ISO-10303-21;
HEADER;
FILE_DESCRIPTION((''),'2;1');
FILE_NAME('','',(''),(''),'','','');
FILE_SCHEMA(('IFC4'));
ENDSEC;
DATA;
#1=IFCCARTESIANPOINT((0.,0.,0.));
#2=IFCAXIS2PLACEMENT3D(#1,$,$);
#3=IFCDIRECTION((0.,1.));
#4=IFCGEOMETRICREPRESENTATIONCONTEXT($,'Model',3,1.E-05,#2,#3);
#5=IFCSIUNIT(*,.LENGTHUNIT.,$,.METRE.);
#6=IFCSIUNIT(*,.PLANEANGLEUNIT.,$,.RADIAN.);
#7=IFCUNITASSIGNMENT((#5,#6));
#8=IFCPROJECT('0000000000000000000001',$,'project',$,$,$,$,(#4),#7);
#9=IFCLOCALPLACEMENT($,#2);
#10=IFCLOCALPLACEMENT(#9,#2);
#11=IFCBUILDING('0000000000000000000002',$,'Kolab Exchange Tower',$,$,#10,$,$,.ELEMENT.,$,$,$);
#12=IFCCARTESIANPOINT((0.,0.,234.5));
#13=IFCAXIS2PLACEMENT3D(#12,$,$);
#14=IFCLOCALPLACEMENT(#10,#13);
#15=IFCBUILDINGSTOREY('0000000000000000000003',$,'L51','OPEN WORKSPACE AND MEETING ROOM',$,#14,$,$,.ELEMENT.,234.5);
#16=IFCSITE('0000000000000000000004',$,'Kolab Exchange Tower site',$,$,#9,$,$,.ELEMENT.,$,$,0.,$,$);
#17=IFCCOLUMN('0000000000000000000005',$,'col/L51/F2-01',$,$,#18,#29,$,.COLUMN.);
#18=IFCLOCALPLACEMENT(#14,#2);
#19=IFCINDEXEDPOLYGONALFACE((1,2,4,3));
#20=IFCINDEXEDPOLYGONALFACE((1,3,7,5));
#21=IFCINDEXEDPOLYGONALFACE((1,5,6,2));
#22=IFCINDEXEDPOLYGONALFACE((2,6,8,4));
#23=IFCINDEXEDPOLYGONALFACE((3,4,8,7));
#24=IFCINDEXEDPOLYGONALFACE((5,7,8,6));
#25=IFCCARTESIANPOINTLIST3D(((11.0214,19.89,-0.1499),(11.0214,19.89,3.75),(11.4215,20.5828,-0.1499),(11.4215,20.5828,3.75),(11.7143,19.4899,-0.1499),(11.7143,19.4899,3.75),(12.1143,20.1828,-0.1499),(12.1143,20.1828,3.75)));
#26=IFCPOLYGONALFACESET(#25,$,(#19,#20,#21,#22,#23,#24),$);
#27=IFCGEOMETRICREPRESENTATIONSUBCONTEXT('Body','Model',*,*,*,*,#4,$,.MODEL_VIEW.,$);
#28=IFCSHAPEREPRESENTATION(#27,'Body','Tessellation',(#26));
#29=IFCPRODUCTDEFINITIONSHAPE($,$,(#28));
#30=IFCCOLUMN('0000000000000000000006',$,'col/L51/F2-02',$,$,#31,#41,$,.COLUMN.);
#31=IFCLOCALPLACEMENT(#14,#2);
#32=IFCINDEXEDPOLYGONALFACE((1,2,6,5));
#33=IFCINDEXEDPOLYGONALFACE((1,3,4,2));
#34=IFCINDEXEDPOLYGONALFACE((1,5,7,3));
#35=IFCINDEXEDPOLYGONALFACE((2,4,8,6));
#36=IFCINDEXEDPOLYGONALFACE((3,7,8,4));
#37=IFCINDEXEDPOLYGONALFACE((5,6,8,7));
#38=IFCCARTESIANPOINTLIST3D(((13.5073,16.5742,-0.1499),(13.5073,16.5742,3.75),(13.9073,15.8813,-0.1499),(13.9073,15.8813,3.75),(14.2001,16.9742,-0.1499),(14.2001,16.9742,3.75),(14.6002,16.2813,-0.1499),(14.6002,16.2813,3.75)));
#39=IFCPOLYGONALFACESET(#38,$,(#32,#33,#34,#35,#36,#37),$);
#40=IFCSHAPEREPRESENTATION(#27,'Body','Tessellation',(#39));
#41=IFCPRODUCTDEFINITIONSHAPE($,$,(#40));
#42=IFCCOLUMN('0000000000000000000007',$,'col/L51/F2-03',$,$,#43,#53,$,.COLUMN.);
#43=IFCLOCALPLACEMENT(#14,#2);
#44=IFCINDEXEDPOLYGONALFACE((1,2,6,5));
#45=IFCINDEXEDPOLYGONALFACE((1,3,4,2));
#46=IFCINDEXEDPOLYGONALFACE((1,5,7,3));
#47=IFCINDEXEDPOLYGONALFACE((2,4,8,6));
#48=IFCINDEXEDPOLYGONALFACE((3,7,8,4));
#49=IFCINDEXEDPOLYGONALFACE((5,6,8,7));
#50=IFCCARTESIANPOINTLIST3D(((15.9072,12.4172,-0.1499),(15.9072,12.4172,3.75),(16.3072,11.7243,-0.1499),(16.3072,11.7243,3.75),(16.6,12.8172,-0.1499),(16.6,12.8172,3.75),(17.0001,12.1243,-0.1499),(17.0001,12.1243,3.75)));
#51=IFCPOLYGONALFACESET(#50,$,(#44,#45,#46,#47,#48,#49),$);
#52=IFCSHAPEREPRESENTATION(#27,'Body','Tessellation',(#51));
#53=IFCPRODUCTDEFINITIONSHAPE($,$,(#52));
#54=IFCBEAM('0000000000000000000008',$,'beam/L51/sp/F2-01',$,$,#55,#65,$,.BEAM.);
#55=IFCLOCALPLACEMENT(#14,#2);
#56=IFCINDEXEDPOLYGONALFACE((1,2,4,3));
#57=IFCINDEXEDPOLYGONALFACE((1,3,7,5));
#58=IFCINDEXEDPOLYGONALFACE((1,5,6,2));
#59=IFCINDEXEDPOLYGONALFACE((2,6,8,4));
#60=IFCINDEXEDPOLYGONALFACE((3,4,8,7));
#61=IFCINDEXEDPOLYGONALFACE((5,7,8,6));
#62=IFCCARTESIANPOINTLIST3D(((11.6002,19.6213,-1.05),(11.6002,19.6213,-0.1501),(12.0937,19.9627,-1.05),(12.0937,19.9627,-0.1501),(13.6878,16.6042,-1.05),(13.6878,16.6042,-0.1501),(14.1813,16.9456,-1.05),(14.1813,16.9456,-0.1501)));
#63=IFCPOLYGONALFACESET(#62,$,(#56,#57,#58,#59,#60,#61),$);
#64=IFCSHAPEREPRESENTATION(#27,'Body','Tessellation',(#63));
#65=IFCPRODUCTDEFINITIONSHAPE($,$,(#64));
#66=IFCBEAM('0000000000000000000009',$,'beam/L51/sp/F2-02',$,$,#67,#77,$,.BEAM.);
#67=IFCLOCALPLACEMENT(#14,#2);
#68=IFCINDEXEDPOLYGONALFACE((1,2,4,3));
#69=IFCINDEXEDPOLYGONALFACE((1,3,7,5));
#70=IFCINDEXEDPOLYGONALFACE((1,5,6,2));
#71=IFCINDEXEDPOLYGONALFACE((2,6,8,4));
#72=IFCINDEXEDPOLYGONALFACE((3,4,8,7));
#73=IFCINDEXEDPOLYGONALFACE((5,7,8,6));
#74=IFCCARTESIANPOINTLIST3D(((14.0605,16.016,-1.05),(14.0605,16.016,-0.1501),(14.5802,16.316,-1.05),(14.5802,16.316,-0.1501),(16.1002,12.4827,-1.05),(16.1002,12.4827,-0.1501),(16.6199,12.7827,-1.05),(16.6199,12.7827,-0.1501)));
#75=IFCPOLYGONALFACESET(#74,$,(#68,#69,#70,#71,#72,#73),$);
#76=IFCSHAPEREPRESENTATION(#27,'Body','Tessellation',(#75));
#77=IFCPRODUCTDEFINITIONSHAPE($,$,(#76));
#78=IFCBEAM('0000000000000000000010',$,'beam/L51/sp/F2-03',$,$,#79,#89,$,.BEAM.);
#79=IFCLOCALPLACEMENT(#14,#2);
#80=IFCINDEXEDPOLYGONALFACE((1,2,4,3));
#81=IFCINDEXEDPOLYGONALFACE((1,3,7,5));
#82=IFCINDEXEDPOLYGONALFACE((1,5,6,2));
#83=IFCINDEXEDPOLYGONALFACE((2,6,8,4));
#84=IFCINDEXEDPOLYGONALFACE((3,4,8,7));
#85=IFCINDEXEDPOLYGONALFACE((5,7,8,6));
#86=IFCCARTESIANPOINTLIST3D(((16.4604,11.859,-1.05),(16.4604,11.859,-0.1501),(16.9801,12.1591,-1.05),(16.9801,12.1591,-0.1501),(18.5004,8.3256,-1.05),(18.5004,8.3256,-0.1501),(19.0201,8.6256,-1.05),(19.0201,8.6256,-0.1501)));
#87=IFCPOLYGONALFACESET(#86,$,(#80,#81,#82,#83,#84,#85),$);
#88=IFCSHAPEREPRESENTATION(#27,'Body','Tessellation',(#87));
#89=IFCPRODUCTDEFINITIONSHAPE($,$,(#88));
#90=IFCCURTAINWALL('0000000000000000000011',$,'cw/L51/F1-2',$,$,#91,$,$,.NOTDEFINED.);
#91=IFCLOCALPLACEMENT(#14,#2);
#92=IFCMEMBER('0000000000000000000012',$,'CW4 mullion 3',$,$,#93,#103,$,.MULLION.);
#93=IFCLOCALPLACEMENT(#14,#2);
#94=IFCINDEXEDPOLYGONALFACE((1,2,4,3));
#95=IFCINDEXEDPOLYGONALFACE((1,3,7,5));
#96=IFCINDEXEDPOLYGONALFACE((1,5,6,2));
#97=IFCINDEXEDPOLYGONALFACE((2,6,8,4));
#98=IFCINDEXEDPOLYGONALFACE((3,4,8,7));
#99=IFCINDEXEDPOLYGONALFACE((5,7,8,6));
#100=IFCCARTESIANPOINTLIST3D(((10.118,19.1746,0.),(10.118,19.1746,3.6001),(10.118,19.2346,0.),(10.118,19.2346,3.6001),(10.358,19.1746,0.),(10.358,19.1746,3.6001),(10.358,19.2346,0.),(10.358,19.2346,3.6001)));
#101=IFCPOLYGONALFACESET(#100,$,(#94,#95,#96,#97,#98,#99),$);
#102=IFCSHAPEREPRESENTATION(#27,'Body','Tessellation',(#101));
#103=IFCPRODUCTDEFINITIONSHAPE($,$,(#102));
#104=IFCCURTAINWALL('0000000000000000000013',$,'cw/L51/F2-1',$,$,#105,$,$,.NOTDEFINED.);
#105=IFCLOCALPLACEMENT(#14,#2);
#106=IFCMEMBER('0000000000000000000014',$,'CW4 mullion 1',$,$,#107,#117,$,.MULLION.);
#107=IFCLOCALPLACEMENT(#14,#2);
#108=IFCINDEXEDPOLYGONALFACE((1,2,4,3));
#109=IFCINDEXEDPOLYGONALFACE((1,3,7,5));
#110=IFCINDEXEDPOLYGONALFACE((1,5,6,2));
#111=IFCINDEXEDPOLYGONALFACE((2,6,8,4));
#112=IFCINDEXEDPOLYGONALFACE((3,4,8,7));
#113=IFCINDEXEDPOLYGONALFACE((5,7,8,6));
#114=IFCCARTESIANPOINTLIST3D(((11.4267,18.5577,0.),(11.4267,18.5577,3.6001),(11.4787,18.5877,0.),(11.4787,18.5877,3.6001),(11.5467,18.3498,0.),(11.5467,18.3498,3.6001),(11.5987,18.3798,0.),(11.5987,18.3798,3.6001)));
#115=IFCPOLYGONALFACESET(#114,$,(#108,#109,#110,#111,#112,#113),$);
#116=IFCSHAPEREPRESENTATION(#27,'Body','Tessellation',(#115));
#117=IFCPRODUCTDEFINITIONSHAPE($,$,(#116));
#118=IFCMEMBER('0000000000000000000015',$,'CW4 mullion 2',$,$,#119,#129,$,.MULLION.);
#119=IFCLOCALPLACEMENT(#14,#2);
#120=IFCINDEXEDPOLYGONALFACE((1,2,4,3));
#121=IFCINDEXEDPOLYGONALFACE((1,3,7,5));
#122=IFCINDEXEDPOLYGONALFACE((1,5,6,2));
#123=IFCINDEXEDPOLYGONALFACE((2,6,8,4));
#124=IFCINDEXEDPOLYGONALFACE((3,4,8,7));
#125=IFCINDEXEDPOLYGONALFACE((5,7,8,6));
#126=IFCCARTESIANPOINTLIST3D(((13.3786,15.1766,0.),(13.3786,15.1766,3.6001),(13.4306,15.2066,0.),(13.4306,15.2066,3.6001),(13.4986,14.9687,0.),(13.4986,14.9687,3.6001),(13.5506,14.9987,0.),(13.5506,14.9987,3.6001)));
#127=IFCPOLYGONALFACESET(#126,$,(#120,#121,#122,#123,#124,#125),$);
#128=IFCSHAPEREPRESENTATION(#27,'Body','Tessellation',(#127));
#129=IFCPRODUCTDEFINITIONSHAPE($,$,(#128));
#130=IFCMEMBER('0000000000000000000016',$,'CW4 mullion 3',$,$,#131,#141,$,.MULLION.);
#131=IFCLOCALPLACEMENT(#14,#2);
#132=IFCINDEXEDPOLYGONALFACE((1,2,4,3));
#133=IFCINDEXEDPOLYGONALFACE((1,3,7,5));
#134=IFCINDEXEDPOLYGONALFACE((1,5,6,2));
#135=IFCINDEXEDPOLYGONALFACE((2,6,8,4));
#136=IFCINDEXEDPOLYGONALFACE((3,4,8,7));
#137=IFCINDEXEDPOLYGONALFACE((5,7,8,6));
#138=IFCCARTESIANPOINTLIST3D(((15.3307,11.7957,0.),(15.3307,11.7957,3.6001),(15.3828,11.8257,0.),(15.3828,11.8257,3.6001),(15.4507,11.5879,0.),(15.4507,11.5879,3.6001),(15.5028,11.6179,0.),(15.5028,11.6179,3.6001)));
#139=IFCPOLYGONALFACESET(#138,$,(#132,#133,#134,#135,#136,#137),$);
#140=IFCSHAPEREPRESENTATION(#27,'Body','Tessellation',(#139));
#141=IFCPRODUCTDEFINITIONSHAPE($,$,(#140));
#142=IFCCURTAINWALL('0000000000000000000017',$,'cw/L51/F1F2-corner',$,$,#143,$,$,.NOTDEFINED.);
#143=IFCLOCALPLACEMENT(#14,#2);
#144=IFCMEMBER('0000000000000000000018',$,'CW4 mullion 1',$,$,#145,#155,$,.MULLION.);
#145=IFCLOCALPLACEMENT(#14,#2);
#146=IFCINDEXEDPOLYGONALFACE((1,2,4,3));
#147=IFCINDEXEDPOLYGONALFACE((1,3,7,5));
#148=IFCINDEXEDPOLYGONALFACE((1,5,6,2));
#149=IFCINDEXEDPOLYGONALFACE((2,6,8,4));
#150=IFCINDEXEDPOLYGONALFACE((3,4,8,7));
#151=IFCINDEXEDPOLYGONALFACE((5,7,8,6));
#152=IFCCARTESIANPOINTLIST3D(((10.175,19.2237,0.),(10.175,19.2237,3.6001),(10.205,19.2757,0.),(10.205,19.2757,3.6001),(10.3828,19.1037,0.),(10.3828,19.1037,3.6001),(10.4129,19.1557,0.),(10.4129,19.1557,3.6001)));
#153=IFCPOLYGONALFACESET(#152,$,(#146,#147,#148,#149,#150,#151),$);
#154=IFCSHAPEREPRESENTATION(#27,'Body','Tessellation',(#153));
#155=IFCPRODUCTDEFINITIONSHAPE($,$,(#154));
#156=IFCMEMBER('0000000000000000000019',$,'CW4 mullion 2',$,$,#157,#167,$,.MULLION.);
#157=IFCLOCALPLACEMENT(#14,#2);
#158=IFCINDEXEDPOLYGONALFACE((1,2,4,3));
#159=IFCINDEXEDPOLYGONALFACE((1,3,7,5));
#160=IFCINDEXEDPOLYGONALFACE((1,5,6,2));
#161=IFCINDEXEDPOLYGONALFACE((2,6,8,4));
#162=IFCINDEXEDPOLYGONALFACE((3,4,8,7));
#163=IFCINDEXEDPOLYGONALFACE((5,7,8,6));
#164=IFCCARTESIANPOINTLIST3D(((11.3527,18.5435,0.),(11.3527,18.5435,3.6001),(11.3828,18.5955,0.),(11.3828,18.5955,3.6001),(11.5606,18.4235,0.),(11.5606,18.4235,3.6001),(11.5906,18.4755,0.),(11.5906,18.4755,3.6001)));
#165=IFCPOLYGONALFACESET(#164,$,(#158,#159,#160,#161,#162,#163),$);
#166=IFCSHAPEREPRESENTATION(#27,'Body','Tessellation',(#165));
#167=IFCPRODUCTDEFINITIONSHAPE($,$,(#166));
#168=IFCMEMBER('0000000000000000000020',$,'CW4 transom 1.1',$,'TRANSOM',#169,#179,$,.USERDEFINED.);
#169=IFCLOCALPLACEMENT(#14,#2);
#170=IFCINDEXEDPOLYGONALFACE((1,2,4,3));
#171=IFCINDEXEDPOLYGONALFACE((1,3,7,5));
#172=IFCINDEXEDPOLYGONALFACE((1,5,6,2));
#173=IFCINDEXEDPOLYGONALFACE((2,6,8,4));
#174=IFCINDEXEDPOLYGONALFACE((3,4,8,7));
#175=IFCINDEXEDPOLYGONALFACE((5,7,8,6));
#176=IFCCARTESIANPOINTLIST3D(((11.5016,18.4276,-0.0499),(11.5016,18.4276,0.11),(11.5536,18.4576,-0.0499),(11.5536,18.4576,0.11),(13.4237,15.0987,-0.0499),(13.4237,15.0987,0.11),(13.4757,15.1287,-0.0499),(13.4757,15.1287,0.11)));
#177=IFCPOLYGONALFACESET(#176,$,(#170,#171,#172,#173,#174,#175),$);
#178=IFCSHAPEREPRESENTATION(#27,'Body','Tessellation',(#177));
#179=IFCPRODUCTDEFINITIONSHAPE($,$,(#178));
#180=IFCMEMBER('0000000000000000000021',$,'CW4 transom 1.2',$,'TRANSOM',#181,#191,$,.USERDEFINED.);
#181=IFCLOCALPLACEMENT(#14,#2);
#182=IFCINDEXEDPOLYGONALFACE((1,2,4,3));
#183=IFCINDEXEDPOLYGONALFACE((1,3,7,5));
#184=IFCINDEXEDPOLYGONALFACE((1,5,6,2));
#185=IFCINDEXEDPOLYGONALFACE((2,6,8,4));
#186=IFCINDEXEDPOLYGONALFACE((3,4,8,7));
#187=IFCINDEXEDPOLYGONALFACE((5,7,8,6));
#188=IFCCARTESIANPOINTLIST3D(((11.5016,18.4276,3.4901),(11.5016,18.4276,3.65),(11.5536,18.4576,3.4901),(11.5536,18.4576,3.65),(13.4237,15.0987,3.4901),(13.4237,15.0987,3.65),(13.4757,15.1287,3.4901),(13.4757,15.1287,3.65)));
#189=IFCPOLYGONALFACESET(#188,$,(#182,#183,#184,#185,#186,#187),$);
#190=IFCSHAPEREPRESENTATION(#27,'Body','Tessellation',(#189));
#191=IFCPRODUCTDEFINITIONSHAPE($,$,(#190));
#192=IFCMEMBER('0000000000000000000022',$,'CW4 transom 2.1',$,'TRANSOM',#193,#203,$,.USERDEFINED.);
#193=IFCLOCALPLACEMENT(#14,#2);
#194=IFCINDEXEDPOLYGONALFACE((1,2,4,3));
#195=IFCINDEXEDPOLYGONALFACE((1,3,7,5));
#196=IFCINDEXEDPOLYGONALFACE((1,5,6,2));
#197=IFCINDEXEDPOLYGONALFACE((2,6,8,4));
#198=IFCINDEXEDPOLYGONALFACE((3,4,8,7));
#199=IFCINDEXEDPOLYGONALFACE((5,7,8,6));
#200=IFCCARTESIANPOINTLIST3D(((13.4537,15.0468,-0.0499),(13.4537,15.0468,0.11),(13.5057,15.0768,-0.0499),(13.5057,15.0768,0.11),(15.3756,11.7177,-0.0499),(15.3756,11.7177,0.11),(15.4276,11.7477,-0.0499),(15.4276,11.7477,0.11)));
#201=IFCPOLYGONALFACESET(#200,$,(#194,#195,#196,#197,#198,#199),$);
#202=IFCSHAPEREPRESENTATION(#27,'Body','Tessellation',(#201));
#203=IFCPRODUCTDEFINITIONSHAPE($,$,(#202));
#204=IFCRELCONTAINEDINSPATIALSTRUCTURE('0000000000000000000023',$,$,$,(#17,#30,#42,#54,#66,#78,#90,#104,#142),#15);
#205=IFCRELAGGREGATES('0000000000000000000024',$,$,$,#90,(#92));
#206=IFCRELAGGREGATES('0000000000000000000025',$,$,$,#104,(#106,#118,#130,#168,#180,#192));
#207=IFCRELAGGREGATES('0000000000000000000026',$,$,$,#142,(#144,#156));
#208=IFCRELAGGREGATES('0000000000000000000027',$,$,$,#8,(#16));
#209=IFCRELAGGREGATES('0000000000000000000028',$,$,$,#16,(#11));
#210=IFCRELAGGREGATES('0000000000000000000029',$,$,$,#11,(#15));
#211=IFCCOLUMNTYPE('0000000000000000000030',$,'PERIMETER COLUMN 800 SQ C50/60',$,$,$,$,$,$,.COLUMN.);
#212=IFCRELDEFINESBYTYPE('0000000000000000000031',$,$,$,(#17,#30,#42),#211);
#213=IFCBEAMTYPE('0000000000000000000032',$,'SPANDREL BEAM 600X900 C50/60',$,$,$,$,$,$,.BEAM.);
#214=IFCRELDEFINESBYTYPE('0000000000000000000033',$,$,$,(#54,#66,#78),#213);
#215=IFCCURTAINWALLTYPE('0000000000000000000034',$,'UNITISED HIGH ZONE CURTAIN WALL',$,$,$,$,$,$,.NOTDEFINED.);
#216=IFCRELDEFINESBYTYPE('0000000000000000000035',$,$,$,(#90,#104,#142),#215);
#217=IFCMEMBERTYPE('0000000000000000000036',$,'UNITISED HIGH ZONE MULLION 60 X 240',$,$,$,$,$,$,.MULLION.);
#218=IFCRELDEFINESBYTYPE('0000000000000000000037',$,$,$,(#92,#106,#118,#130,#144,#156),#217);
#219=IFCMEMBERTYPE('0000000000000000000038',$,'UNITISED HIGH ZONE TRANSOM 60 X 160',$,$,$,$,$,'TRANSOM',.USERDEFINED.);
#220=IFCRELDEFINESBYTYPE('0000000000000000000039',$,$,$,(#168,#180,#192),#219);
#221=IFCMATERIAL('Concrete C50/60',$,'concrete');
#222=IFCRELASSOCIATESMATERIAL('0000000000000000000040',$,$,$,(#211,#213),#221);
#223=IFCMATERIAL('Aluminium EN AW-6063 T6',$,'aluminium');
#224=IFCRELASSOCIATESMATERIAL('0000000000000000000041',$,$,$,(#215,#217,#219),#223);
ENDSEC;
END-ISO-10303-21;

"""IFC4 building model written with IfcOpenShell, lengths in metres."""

from ifc_helpers import new_model, si_unit, direction, frame, origin, origin_2d, place, context, subcontext, project, spatial, rectangle, extrude, material, material_profile, profile_set, type_object, element, aggregate, save


model = new_model("IFC4")

# Units and contexts
model_context = context("Model", 3, precision=1e-05, world=origin(), true_north=direction((0.0, 1.0)))
body_context = subcontext(model_context, "Body", "Model", "MODEL_VIEW")
ifc_project = project(units=[si_unit("LENGTHUNIT", "METRE"), si_unit("PLANEANGLEUNIT", "RADIAN")], contexts=[model_context])

# Site, building, storey
site_placement = place(None, origin())
site = spatial("IfcSite", under=ifc_project, at=site_placement, Name="Kolab Exchange Tower site", CompositionType="ELEMENT", RefElevation=0.0)
building_placement = place(site_placement, origin())
building = spatial("IfcBuilding", under=site, at=building_placement, Name="Kolab Exchange Tower", CompositionType="ELEMENT")
storey_placement = place(building_placement, frame((0.0, 0.0, 234.5)))
storey = spatial("IfcBuildingStorey", under=building, at=storey_placement, Name="L51", Description="OPEN WORKSPACE AND MEETING ROOM", CompositionType="ELEMENT", Elevation=234.5)

# Columns
ifc_material_1 = material(Name="Concrete C50/60", Category="concrete")
ifc_material_profile_1 = material_profile(ifc_material_1, rectangle(XDim=0.8, YDim=0.8, at=origin_2d()), Name="RC800")
ifc_profile_set_1 = profile_set([ifc_material_profile_1], Name="Concrete C50/60")
column_type = type_object("IfcColumnType", Name="PERIMETER COLUMN 800 SQ C50/60", PredefinedType="COLUMN", material=ifc_profile_set_1)
for number, where, z_axis, x_axis, name in (
    (1, (11.5679, 20.0364, -0.1499), (0.0, 0.0, 1.0), (0.5, 0.866025, 0.0), "col/L51/F2-01"),
    (2, (14.0537, 16.4277, -0.1499), (0.0, 0.0, 1.0), (0.866025, 0.5, 0.0), "col/L51/F2-02"),
    (3, (16.4536, 12.2708, -0.1499), (0.0, 0.0, 1.0), (0.866025, 0.5, 0.0), "col/L51/F2-03"),
):
    element("IfcColumn", number, at=place(storey_placement, frame(where, z_axis=z_axis, x_axis=x_axis)), inside=storey, type_object=column_type, Name=name, PredefinedType="COLUMN", context=body_context, shape_type="SweptSolid", body=[
        extrude(rectangle(XDim=0.8, YDim=0.8, at=origin_2d()), origin(), (0.0, 0.0, 1.0), 3.8999),
    ])

# Beams
ifc_material_profile_2 = material_profile(ifc_material_1, rectangle(XDim=0.6001, YDim=0.8999, at=origin_2d()), Name="RC600X900")
ifc_profile_set_2 = profile_set([ifc_material_profile_2], Name="Concrete C50/60")
beam_type = type_object("IfcBeamType", Name="SPANDREL BEAM 600X900 C50/60", PredefinedType="BEAM", material=ifc_profile_set_2)
beam_1_placement = place(storey_placement, frame((11.8469, 19.792, -0.6001), z_axis=(0.569006, -0.822334, 0.0), x_axis=(0.822334, 0.569006, 0.0)))
element("IfcBeam", 4, at=beam_1_placement, inside=storey, type_object=beam_type, Name="beam/L51/sp/F2-01", PredefinedType="BEAM", context=body_context, shape_type="SweptSolid", body=[
    extrude(rectangle(XDim=0.6001, YDim=0.8999, at=origin_2d()), origin(), (0.0, 0.0, 1.0), 3.6689),
])
beam_2_placement = place(storey_placement, frame((14.3203, 16.166, -0.6001), z_axis=(0.499956, -0.866051, 0.0), x_axis=(0.866051, 0.499956, 0.0)))
element("IfcBeam", 5, at=beam_2_placement, inside=storey, type_object=beam_type, Name="beam/L51/sp/F2-02", PredefinedType="BEAM", context=body_context, shape_type="SweptSolid", body=[
    extrude(rectangle(XDim=0.6001, YDim=0.8999, at=origin_2d()), origin(), (0.0, 0.0, 1.0), 4.0798),
])
beam_3_placement = place(storey_placement, frame((16.7202, 12.009, -0.6001), z_axis=(0.5, -0.866025, 0.0), x_axis=(0.866025, 0.5, 0.0)))
element("IfcBeam", 6, at=beam_3_placement, inside=storey, type_object=beam_type, Name="beam/L51/sp/F2-03", PredefinedType="BEAM", context=body_context, shape_type="SweptSolid", body=[
    extrude(rectangle(XDim=0.6001, YDim=0.8999, at=origin_2d()), origin(), (0.0, 0.0, 1.0), 4.0801),
])

# Curtain wall, member
ifc_material_2 = material(Name="Aluminium EN AW-6063 T6", Category="aluminium")
curtain_wall_type = type_object("IfcCurtainWallType", Name="UNITISED HIGH ZONE CURTAIN WALL", PredefinedType="NOTDEFINED", material=ifc_material_2)
curtain_wall_1_placement = place(storey_placement, origin())
curtain_wall_1 = element("IfcCurtainWall", 7, at=curtain_wall_1_placement, inside=storey, type_object=curtain_wall_type, Name="cw/L51/F1-2", PredefinedType="NOTDEFINED")
ifc_material_profile_3 = material_profile(ifc_material_2, rectangle(XDim=0.0601, YDim=0.24, at=origin_2d()), Name="RECT 60X240")
ifc_profile_set_3 = profile_set([ifc_material_profile_3], Name="Aluminium EN AW-6063 T6")
member_type_1 = type_object("IfcMemberType", Name="UNITISED HIGH ZONE MULLION 60 X 240", PredefinedType="MULLION", material=ifc_profile_set_3)
member_1_placement = place(storey_placement, frame((10.238, 19.2046, 0.0), z_axis=(0.0, 0.0, 1.0), x_axis=(0.0, 1.0, 0.0)))
member_1 = element("IfcMember", 8, at=member_1_placement, type_object=member_type_1, Name="CW4 mullion 3", PredefinedType="MULLION", context=body_context, shape_type="SweptSolid", body=[
    extrude(rectangle(XDim=0.0601, YDim=0.24, at=origin_2d()), origin(), (0.0, 0.0, 1.0), 3.6001),
])
aggregate(curtain_wall_1, [member_1])

# Curtain walls, members
curtain_wall_2_placement = place(storey_placement, origin())
curtain_wall_2 = element("IfcCurtainWall", 9, at=curtain_wall_2_placement, inside=storey, type_object=curtain_wall_type, Name="cw/L51/F2-1", PredefinedType="NOTDEFINED")
member_2_placement = place(storey_placement, frame((11.5127, 18.4688, 0.0), z_axis=(0.0, 0.0, 1.0), x_axis=(0.866025, 0.5, 0.0)))
member_2 = element("IfcMember", 10, at=member_2_placement, type_object=member_type_1, Name="CW4 mullion 1", PredefinedType="MULLION", context=body_context, shape_type="SweptSolid", body=[
    extrude(rectangle(XDim=0.0601, YDim=0.24, at=origin_2d()), origin(), (0.0, 0.0, 1.0), 3.6001),
])
member_3_placement = place(storey_placement, frame((13.4646, 15.0876, 0.0), z_axis=(0.0, 0.0, 1.0), x_axis=(0.866025, 0.5, 0.0)))
member_3 = element("IfcMember", 11, at=member_3_placement, type_object=member_type_1, Name="CW4 mullion 2", PredefinedType="MULLION", context=body_context, shape_type="SweptSolid", body=[
    extrude(rectangle(XDim=0.0601, YDim=0.24, at=origin_2d()), origin(), (0.0, 0.0, 1.0), 3.6001),
])
member_4_placement = place(storey_placement, frame((15.4167, 11.7068, 0.0), z_axis=(0.0, 0.0, 1.0), x_axis=(0.866025, 0.5, 0.0)))
member_4 = element("IfcMember", 12, at=member_4_placement, type_object=member_type_1, Name="CW4 mullion 3", PredefinedType="MULLION", context=body_context, shape_type="SweptSolid", body=[
    extrude(rectangle(XDim=0.0601, YDim=0.24, at=origin_2d()), origin(), (0.0, 0.0, 1.0), 3.6001),
])
curtain_wall_3_placement = place(storey_placement, origin())
curtain_wall_3 = element("IfcCurtainWall", 13, at=curtain_wall_3_placement, inside=storey, type_object=curtain_wall_type, Name="cw/L51/F1F2-corner", PredefinedType="NOTDEFINED")
member_5_placement = place(storey_placement, frame((10.2939, 19.1897, 0.0), z_axis=(0.0, 0.0, 1.0), x_axis=(0.5, 0.866025, 0.0)))
member_5 = element("IfcMember", 14, at=member_5_placement, type_object=member_type_1, Name="CW4 mullion 1", PredefinedType="MULLION", context=body_context, shape_type="SweptSolid", body=[
    extrude(rectangle(XDim=0.0601, YDim=0.24, at=origin_2d()), origin(), (0.0, 0.0, 1.0), 3.6001),
])
member_6_placement = place(storey_placement, frame((11.4717, 18.5095, 0.0), z_axis=(0.0, 0.0, 1.0), x_axis=(0.5, 0.866025, 0.0)))
member_6 = element("IfcMember", 15, at=member_6_placement, type_object=member_type_1, Name="CW4 mullion 2", PredefinedType="MULLION", context=body_context, shape_type="SweptSolid", body=[
    extrude(rectangle(XDim=0.0601, YDim=0.24, at=origin_2d()), origin(), (0.0, 0.0, 1.0), 3.6001),
])

# Members
ifc_material_profile_4 = material_profile(ifc_material_2, rectangle(XDim=0.0601, YDim=0.1599, at=origin_2d()), Name="RECT 60X160")
ifc_profile_set_4 = profile_set([ifc_material_profile_4], Name="Aluminium EN AW-6063 T6")
member_type_2 = type_object("IfcMemberType", Name="UNITISED HIGH ZONE TRANSOM 60 X 160", ElementType="TRANSOM", PredefinedType="USERDEFINED", material=ifc_profile_set_4)
member_7_placement = place(storey_placement, frame((11.5276, 18.4426, 0.03), z_axis=(0.500039, -0.866003, 0.0), x_axis=(0.866003, 0.500039, 0.0)))
member_7 = element("IfcMember", 16, at=member_7_placement, type_object=member_type_2, Name="CW4 transom 1.1", ObjectType="TRANSOM", PredefinedType="USERDEFINED", context=body_context, shape_type="SweptSolid", body=[
    extrude(rectangle(XDim=0.0601, YDim=0.1599, at=origin_2d()), origin(), (0.0, 0.0, 1.0), 3.844),
])
member_8_placement = place(storey_placement, frame((11.5276, 18.4426, 3.5701), z_axis=(0.500039, -0.866003, 0.0), x_axis=(0.866003, 0.500039, 0.0)))
member_8 = element("IfcMember", 17, at=member_8_placement, type_object=member_type_2, Name="CW4 transom 1.2", ObjectType="TRANSOM", PredefinedType="USERDEFINED", context=body_context, shape_type="SweptSolid", body=[
    extrude(rectangle(XDim=0.0601, YDim=0.1599, at=origin_2d()), origin(), (0.0, 0.0, 1.0), 3.844),
])
member_9_placement = place(storey_placement, frame((13.4797, 15.0618, 0.03), z_axis=(0.499964, -0.866046, 0.0), x_axis=(0.866046, 0.499964, 0.0)))
member_9 = element("IfcMember", 18, at=member_9_placement, type_object=member_type_2, Name="CW4 transom 2.1", ObjectType="TRANSOM", PredefinedType="USERDEFINED", context=body_context, shape_type="SweptSolid", body=[
    extrude(rectangle(XDim=0.0601, YDim=0.1599, at=origin_2d()), origin(), (0.0, 0.0, 1.0), 3.844),
])

aggregate(curtain_wall_2, [member_2, member_3, member_4, member_7, member_8, member_9])
aggregate(curtain_wall_3, [member_5, member_6])

save(model, "model.ifc")
